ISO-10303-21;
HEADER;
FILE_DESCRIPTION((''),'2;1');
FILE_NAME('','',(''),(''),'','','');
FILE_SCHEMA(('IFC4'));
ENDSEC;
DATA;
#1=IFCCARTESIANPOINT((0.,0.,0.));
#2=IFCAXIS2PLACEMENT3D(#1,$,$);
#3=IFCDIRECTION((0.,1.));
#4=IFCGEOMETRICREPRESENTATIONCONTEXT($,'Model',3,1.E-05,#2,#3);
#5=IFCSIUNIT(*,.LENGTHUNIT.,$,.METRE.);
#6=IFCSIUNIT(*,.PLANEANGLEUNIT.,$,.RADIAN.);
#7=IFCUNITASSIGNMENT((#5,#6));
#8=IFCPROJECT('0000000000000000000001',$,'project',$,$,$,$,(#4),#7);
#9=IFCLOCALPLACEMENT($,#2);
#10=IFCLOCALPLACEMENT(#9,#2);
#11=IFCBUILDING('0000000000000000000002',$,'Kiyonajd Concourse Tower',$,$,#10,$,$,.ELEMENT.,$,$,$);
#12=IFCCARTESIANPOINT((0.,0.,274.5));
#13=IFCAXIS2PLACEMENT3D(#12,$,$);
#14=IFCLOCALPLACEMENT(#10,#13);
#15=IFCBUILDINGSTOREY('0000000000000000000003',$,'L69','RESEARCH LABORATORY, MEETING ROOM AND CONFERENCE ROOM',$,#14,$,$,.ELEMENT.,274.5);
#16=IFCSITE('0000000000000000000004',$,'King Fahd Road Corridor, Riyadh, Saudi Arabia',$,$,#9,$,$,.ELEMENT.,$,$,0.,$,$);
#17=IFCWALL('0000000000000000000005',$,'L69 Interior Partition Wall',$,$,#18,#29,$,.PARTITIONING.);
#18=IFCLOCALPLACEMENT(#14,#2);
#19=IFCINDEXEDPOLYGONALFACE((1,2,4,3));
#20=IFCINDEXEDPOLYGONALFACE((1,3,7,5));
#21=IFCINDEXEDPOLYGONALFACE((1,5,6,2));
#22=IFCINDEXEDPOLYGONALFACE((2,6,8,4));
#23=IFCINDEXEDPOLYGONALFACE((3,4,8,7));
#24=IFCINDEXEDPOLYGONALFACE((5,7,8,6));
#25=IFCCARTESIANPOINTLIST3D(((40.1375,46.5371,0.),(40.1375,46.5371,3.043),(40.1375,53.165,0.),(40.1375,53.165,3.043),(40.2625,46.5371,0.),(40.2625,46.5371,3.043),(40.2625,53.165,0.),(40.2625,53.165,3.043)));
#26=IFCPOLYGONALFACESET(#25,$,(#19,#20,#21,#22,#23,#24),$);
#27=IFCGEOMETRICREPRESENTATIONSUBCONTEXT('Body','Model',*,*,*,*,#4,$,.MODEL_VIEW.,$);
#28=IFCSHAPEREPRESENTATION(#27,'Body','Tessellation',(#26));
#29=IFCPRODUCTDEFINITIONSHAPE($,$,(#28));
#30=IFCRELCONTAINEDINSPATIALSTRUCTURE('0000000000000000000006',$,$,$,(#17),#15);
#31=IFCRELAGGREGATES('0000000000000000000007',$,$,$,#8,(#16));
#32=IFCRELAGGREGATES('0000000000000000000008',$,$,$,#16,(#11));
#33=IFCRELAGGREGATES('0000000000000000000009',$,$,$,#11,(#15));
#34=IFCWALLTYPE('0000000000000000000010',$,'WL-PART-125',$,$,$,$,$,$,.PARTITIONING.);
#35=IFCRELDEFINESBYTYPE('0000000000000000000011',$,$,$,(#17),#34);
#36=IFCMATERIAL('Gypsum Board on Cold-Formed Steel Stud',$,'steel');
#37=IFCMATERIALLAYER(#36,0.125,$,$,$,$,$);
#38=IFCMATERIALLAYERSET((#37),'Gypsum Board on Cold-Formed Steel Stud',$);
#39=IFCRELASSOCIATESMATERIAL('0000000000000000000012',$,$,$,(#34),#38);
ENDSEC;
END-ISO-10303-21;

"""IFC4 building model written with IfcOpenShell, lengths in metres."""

from ifc_helpers import new_model, si_unit, direction, frame, frame_2d, origin, place, context, subcontext, project, spatial, rectangle, extrude, material, layer, layer_set, type_object, element, save


model = new_model("IFC4")

# Units and contexts
model_context = context("Model", 3, precision=1e-05, world=origin(), true_north=direction((0.0, 1.0)))
body_context = subcontext(model_context, "Body", "Model", "MODEL_VIEW")
ifc_project = project(units=[si_unit("LENGTHUNIT", "METRE"), si_unit("PLANEANGLEUNIT", "RADIAN")], contexts=[model_context])

# Site, building, storey
site_placement = place(None, origin())
site = spatial("IfcSite", under=ifc_project, at=site_placement, Name="King Fahd Road Corridor, Riyadh, Saudi Arabia", CompositionType="ELEMENT", RefElevation=0.0)
building_placement = place(site_placement, origin())
building = spatial("IfcBuilding", under=site, at=building_placement, Name="Kiyonajd Concourse Tower", CompositionType="ELEMENT")
storey_placement = place(building_placement, frame((0.0, 0.0, 274.5)))
storey = spatial("IfcBuildingStorey", under=building, at=storey_placement, Name="L69", Description="RESEARCH LABORATORY, MEETING ROOM AND CONFERENCE ROOM", CompositionType="ELEMENT", Elevation=274.5)

# Wall
ifc_material_1 = material(Name="Gypsum Board on Cold-Formed Steel Stud", Category="steel")
ifc_layer_1 = layer(ifc_material_1, 0.125)
ifc_layer_set_1 = layer_set([ifc_layer_1], Name="Gypsum Board on Cold-Formed Steel Stud")
wall_type_1 = type_object("IfcWallType", Name="WL-PART-125", PredefinedType="PARTITIONING", material=ifc_layer_set_1)
wall_1_placement = place(storey_placement, frame((40.2, 46.5371, 0.0), z_axis=(0.0, 0.0, 1.0), x_axis=(0.0, 1.0, 0.0)))
element("IfcWall", 1, at=wall_1_placement, inside=storey, type_object=wall_type_1, Name="L69 Interior Partition Wall", PredefinedType="PARTITIONING", context=body_context, shape_type="SweptSolid", body=[
    extrude(rectangle(XDim=6.6279, YDim=0.125, at=frame_2d((3.314, 0.0))), origin(), (0.0, 0.0, 1.0), 3.043),
])

save(model, "model.ifc")
